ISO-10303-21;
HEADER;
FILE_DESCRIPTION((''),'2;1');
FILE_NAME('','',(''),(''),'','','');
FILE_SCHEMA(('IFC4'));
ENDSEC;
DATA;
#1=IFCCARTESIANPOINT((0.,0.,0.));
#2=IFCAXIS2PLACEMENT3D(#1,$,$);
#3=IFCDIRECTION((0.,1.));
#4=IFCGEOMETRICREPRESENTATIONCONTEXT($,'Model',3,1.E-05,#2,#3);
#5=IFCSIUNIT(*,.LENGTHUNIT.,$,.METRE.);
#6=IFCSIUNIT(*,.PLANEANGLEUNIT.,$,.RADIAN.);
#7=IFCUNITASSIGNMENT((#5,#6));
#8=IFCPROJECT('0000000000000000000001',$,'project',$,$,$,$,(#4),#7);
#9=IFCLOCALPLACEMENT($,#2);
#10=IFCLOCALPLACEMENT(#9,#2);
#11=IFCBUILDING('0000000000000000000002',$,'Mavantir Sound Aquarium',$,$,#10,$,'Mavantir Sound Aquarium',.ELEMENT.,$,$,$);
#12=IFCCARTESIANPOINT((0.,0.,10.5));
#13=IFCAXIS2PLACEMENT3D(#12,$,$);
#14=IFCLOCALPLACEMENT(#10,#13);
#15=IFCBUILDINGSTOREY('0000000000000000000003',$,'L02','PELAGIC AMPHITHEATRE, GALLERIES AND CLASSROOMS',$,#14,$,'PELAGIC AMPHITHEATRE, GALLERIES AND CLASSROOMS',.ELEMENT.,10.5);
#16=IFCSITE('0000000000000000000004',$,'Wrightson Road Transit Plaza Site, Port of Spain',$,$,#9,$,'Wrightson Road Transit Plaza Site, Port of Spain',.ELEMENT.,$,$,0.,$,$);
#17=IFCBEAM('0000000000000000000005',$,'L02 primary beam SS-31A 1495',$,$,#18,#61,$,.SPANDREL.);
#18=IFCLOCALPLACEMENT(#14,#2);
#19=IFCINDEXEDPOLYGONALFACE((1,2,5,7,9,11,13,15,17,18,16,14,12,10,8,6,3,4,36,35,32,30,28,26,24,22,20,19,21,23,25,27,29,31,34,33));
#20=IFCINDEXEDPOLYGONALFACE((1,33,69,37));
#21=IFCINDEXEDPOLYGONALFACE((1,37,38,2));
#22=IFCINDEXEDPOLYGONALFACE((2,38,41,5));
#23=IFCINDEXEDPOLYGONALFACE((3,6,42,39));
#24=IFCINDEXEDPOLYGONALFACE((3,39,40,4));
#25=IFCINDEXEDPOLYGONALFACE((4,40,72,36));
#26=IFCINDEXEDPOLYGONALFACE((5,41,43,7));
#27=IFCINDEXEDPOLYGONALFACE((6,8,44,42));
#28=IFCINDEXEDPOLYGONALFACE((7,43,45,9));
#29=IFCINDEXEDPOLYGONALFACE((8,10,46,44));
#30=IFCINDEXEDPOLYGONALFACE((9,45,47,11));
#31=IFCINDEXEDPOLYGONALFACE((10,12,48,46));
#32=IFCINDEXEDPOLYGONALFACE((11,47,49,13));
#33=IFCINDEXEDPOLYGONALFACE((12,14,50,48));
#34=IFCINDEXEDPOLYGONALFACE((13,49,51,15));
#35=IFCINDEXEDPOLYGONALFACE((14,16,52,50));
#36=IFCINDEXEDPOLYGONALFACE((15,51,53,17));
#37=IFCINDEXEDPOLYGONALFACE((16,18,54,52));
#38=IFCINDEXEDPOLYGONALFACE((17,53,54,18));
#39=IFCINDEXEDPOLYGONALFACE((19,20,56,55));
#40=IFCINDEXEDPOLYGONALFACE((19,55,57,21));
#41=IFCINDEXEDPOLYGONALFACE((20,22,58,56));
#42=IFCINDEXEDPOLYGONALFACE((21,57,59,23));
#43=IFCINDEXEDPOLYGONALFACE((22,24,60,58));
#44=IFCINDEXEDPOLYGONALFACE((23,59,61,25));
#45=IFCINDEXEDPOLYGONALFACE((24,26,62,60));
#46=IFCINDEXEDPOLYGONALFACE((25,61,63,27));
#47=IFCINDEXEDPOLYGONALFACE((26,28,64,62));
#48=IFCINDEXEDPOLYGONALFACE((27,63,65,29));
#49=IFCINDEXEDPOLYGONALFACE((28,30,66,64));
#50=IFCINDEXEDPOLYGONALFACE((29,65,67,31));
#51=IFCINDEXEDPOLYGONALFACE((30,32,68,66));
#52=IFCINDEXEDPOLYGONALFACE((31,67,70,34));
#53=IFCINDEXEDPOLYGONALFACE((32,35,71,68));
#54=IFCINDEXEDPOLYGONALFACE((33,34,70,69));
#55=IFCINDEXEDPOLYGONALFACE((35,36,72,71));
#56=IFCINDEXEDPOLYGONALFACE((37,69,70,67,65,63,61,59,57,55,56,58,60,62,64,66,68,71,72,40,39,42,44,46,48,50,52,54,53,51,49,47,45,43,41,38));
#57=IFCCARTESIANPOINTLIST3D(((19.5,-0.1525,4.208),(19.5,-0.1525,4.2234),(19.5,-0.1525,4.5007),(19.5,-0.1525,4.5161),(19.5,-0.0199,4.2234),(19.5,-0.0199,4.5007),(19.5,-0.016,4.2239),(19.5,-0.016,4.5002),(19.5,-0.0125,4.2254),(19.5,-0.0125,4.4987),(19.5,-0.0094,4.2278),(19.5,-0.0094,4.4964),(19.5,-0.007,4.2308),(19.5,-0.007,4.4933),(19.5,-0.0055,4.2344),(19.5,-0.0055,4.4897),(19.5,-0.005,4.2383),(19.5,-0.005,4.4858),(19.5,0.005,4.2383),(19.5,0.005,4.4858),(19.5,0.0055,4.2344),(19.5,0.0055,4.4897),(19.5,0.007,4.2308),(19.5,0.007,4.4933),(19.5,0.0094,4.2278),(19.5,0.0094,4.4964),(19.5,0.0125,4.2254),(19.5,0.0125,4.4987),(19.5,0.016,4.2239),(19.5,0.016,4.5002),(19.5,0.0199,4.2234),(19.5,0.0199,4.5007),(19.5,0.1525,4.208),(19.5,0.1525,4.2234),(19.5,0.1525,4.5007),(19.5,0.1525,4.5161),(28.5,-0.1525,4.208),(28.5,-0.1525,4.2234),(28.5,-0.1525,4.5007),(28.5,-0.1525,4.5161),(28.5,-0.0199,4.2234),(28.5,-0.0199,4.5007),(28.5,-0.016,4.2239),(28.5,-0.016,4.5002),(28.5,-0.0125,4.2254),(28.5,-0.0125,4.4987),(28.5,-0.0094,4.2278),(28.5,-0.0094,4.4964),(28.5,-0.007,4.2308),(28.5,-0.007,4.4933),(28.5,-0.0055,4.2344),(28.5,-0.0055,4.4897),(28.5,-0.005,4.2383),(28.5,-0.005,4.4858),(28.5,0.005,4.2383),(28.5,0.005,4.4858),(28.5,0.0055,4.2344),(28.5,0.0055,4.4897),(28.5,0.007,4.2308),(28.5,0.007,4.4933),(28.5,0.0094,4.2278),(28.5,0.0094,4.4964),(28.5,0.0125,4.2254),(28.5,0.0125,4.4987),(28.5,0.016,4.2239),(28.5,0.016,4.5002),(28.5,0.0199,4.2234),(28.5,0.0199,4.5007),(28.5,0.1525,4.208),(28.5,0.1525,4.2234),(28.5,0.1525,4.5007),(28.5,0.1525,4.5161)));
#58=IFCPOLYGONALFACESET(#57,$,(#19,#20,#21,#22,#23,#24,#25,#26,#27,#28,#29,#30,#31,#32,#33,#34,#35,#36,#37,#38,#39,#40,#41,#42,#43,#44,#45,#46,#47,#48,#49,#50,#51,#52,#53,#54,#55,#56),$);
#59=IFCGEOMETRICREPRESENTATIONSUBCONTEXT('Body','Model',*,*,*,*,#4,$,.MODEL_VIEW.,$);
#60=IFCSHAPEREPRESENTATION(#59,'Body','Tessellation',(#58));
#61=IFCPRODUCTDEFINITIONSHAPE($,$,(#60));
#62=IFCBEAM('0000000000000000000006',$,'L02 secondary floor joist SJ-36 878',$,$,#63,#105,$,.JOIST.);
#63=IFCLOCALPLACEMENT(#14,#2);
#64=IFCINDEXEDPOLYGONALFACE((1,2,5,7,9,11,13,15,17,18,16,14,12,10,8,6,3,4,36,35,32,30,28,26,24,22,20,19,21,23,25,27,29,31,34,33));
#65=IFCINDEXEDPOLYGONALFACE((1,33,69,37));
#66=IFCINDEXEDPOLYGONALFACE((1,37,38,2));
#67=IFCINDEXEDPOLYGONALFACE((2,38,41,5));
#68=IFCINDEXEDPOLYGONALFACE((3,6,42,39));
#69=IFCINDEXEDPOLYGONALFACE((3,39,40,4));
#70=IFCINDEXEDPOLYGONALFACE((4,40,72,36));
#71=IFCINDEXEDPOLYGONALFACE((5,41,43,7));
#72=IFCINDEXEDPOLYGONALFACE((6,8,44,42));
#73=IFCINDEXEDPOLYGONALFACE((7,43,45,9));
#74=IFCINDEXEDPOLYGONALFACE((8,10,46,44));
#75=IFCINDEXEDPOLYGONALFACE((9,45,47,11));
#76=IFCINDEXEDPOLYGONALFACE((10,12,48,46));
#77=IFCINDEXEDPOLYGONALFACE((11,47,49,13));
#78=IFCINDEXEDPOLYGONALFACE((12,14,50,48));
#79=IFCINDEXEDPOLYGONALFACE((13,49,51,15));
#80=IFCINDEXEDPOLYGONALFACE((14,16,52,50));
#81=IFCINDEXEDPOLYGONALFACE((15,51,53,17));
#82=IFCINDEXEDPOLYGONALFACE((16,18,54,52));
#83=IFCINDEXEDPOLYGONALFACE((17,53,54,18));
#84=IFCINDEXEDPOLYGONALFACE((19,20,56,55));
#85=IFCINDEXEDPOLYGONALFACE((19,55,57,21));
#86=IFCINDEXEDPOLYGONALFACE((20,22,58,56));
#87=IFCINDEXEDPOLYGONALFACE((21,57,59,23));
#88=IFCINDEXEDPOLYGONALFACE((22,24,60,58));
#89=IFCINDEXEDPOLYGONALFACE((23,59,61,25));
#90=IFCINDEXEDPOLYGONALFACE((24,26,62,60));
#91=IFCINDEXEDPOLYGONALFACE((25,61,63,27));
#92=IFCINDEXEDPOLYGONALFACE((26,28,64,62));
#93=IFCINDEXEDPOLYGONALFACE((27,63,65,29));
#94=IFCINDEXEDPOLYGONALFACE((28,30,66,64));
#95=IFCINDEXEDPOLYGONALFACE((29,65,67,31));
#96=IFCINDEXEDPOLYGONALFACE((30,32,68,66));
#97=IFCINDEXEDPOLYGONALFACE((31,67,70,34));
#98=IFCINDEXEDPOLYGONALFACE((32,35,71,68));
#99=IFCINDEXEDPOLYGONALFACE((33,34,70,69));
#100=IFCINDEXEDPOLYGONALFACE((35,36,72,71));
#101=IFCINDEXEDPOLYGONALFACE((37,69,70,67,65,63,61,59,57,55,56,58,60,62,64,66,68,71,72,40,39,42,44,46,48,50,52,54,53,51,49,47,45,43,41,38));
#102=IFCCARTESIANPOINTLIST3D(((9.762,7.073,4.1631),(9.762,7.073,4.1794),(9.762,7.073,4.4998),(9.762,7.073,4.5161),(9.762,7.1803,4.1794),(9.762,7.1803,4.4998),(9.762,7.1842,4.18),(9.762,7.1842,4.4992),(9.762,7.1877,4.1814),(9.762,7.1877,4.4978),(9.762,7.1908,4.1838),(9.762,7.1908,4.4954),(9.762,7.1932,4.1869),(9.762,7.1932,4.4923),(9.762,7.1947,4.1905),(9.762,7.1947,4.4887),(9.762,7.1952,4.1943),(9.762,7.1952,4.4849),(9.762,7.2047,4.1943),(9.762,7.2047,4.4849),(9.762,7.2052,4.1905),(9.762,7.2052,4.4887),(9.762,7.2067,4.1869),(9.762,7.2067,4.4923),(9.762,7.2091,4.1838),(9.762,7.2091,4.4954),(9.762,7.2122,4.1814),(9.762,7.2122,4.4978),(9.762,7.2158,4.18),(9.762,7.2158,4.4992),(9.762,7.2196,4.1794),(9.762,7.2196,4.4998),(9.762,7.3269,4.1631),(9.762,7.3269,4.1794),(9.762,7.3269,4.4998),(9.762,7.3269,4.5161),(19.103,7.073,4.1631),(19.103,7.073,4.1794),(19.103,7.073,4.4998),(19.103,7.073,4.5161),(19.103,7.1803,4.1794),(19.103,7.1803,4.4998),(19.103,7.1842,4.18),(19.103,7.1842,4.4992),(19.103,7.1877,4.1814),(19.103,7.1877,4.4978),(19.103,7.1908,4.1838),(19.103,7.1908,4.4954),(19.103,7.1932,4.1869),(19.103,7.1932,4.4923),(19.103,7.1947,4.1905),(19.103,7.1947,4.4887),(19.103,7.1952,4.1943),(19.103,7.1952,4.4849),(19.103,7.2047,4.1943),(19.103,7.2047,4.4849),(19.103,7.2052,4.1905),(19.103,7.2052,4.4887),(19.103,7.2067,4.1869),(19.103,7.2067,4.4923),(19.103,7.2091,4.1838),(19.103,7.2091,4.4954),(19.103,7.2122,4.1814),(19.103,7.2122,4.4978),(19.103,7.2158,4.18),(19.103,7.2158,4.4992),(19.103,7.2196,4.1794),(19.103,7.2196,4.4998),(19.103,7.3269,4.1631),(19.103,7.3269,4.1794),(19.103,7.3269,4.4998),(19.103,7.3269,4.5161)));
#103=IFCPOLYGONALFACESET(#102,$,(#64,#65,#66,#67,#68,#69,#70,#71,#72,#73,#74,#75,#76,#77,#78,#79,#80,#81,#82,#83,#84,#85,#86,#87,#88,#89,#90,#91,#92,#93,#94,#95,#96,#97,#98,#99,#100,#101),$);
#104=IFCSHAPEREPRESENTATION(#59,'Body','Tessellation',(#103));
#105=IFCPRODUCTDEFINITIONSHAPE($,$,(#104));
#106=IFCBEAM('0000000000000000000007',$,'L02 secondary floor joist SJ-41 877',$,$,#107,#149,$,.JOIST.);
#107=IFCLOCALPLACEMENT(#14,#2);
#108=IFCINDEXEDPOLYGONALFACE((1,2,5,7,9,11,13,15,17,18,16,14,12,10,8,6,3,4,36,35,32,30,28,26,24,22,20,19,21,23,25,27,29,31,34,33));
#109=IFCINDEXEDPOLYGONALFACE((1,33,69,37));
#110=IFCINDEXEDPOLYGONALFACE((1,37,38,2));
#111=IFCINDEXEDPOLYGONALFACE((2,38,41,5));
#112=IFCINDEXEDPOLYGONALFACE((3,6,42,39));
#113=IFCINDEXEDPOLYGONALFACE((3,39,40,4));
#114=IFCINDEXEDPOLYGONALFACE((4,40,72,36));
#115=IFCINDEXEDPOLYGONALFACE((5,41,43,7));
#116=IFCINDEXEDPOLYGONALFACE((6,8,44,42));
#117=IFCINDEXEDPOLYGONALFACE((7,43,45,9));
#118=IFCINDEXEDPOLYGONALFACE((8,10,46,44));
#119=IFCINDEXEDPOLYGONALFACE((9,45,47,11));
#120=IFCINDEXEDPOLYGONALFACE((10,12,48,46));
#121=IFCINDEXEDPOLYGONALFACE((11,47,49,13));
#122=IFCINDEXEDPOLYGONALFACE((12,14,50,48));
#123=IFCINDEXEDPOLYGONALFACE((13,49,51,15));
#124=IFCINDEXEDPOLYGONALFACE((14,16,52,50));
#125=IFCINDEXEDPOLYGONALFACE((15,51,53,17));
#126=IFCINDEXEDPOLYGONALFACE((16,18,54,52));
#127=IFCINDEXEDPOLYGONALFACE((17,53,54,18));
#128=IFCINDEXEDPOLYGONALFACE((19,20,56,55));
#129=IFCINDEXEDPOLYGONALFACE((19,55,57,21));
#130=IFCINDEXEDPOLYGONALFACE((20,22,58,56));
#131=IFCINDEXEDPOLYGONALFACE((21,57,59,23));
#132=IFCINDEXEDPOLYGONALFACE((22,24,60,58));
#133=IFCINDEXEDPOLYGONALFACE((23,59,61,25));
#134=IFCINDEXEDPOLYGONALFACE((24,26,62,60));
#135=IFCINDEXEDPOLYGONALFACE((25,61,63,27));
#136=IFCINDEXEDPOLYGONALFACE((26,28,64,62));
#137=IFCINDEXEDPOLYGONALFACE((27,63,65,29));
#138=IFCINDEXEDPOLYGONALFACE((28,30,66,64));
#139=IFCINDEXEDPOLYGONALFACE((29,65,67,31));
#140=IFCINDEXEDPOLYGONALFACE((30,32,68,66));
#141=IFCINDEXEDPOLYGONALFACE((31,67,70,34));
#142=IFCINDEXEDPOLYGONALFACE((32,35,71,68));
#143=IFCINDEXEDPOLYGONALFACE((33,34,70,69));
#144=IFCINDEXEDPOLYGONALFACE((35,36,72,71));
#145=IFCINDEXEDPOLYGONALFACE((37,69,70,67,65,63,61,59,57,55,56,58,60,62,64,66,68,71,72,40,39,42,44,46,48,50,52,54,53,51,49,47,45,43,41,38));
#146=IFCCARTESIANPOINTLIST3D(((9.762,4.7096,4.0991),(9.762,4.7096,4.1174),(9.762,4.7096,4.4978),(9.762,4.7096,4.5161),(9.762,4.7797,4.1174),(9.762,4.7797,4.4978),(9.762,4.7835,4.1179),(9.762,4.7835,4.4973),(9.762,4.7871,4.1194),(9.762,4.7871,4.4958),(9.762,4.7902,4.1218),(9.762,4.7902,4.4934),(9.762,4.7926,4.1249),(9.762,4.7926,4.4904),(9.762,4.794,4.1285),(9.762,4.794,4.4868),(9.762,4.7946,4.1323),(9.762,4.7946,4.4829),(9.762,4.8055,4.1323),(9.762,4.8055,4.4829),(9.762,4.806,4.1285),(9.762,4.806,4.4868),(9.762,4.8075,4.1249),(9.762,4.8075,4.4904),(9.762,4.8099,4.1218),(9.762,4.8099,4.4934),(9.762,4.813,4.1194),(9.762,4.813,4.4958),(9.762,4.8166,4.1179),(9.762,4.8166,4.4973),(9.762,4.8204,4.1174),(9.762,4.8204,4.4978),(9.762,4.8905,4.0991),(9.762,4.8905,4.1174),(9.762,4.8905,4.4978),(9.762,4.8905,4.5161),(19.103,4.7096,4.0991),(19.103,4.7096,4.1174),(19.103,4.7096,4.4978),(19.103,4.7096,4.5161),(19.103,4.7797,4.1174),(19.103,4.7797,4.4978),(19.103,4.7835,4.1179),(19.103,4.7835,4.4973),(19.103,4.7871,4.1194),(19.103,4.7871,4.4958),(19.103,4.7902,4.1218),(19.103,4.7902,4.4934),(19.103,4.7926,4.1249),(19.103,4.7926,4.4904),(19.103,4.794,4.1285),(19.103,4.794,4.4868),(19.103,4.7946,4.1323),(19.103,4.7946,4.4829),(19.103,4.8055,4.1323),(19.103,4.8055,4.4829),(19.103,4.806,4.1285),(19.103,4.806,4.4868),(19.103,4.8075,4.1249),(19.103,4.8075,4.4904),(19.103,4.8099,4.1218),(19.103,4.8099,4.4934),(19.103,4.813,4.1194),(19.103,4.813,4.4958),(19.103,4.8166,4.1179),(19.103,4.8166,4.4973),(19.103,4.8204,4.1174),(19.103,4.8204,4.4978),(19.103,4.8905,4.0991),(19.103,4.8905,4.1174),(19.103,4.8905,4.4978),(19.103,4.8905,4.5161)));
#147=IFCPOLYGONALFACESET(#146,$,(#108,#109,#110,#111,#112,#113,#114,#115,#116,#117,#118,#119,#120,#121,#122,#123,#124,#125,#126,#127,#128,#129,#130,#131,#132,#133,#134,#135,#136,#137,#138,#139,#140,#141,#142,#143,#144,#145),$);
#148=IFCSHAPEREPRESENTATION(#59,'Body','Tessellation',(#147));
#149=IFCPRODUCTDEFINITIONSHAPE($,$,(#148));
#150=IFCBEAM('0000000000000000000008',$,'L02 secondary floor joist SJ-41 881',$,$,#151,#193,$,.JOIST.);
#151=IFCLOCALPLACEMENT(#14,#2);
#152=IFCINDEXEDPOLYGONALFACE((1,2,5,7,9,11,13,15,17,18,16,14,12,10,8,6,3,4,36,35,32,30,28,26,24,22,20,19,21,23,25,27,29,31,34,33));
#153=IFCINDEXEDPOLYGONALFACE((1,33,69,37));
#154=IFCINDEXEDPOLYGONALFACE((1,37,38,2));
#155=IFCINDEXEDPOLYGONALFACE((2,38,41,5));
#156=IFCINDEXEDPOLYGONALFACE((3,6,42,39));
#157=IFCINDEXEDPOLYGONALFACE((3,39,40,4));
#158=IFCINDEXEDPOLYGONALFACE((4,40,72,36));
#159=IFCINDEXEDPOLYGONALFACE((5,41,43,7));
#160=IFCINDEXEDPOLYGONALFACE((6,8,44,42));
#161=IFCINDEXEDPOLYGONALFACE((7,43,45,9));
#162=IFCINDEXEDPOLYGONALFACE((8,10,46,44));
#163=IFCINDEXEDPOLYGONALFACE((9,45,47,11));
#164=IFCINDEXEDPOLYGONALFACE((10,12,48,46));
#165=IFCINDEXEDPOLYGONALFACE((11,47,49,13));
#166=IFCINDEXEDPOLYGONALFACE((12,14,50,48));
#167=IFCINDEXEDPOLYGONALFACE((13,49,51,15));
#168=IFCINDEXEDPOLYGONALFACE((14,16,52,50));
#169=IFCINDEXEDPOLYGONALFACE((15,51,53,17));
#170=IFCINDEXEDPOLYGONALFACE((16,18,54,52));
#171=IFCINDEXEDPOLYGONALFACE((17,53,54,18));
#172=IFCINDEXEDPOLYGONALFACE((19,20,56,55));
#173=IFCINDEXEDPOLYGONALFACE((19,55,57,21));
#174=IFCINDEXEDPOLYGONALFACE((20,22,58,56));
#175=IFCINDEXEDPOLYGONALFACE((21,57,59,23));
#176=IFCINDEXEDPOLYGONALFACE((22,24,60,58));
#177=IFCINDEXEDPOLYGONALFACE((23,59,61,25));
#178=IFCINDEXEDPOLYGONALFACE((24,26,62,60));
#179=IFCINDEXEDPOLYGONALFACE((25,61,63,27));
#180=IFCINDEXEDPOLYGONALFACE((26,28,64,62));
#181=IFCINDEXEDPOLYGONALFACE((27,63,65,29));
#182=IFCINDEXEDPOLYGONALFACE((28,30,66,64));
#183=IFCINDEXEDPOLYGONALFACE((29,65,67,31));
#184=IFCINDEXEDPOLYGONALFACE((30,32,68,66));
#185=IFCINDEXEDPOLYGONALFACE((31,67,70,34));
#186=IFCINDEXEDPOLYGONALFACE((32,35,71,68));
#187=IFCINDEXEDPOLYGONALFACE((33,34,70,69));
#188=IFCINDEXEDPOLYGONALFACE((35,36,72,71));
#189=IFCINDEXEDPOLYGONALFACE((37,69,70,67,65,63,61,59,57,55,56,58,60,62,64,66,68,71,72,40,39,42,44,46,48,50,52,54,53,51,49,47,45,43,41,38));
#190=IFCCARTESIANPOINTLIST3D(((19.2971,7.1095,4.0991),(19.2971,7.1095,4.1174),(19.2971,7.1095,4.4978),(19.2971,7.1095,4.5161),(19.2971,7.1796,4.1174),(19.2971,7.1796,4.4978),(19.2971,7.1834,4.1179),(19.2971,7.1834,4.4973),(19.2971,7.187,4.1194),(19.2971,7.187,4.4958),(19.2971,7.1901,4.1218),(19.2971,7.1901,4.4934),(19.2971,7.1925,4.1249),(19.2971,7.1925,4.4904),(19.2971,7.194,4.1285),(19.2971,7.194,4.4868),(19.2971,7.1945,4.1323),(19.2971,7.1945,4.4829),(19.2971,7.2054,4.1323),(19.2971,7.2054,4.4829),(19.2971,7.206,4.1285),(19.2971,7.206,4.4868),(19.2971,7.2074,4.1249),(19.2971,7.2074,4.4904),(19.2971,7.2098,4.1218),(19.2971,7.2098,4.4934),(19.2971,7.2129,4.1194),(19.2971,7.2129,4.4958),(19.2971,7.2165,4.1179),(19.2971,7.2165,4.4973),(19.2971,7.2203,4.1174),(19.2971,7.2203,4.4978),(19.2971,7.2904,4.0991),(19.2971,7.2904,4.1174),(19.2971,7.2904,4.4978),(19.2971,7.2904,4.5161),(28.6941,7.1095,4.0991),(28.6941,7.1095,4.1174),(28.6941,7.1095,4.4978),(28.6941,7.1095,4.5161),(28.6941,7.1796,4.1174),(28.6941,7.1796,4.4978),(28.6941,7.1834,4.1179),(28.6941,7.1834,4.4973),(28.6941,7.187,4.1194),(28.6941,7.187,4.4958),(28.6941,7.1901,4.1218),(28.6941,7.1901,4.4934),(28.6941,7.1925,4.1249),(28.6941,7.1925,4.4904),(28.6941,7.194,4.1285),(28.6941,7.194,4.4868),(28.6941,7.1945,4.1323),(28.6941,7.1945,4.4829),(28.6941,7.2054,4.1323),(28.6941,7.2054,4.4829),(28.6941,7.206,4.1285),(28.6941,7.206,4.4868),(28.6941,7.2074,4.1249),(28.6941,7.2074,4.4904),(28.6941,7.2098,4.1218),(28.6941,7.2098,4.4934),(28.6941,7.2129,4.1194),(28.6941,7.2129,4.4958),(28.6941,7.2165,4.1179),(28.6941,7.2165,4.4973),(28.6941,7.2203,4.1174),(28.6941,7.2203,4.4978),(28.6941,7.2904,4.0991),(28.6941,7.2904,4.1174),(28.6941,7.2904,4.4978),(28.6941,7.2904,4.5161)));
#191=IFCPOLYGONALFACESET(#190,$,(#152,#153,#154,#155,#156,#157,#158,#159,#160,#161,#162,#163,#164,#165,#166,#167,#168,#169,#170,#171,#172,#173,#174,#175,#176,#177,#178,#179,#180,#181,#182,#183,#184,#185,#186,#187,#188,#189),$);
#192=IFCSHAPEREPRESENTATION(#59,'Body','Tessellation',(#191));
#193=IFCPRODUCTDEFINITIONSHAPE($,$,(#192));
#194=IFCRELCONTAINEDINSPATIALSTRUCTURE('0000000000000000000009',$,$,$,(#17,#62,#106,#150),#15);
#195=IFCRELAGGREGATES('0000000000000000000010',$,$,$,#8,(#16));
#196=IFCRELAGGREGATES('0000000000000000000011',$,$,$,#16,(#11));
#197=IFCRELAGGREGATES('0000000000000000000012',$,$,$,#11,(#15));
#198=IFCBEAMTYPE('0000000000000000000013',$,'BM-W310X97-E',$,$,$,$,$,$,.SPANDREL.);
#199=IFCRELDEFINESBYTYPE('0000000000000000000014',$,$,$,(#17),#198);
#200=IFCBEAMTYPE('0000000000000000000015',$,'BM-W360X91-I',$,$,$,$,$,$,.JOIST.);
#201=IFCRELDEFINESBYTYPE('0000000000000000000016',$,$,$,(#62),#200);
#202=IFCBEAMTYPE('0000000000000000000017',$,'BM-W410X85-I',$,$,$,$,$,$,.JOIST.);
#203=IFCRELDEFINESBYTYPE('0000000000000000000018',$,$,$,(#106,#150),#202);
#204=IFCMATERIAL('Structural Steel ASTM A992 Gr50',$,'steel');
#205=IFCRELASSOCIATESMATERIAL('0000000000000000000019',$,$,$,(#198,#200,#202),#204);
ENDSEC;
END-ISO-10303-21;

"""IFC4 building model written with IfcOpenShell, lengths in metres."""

from ifc_helpers import new_model, si_unit, direction, frame, origin, origin_2d, place, context, subcontext, project, spatial, i_section, extrude, material, material_profile, profile_set, type_object, element, save


model = new_model("IFC4")

# Units and contexts
model_context = context("Model", 3, precision=1e-05, world=origin(), true_north=direction((0.0, 1.0)))
body_context = subcontext(model_context, "Body", "Model", "MODEL_VIEW")
ifc_project = project(units=[si_unit("LENGTHUNIT", "METRE"), si_unit("PLANEANGLEUNIT", "RADIAN")], contexts=[model_context])

# Site, building, storey
site_placement = place(None, origin())
site = spatial("IfcSite", under=ifc_project, at=site_placement, Name="Wrightson Road Transit Plaza Site, Port of Spain", LongName="Wrightson Road Transit Plaza Site, Port of Spain", CompositionType="ELEMENT", RefElevation=0.0)
building_placement = place(site_placement, origin())
building = spatial("IfcBuilding", under=site, at=building_placement, Name="Mavantir Sound Aquarium", LongName="Mavantir Sound Aquarium", CompositionType="ELEMENT")
storey_placement = place(building_placement, frame((0.0, 0.0, 10.5)))
storey = spatial("IfcBuildingStorey", under=building, at=storey_placement, Name="L02", Description="PELAGIC AMPHITHEATRE, GALLERIES AND CLASSROOMS", LongName="PELAGIC AMPHITHEATRE, GALLERIES AND CLASSROOMS", CompositionType="ELEMENT", Elevation=10.5)

# Beams
ifc_material_1 = material(Name="Structural Steel ASTM A992 Gr50", Category="steel")
ifc_material_profile_1 = material_profile(ifc_material_1, i_section(OverallWidth=0.3049, OverallDepth=0.3081, WebThickness=0.01, FlangeThickness=0.0154, FilletRadius=0.0149, at=origin_2d()), Name="W310X97")
ifc_profile_set_1 = profile_set([ifc_material_profile_1], Name="Structural Steel ASTM A992 Gr50")
beam_type_1 = type_object("IfcBeamType", Name="BM-W310X97-E", PredefinedType="SPANDREL", material=ifc_profile_set_1)
beam_1_placement = place(storey_placement, frame((19.5, 0.0, 4.3621), z_axis=(1.0, 0.0, 0.0), x_axis=(0.0, 1.0, 0.0)))
element("IfcBeam", 1, at=beam_1_placement, inside=storey, type_object=beam_type_1, Name="L02 primary beam SS-31A 1495", PredefinedType="SPANDREL", context=body_context, shape_type="SweptSolid", body=[
    extrude(i_section(OverallWidth=0.3049, OverallDepth=0.3081, WebThickness=0.01, FlangeThickness=0.0154, FilletRadius=0.0149, at=origin_2d()), origin(), (0.0, 0.0, 1.0), 9.0),
])
ifc_material_profile_2 = material_profile(ifc_material_1, i_section(OverallWidth=0.2539, OverallDepth=0.353, WebThickness=0.0095, FlangeThickness=0.0164, FilletRadius=0.0149, at=origin_2d()), Name="W360X91")
ifc_profile_set_2 = profile_set([ifc_material_profile_2], Name="Structural Steel ASTM A992 Gr50")
beam_type_2 = type_object("IfcBeamType", Name="BM-W360X91-I", PredefinedType="JOIST", material=ifc_profile_set_2)
beam_2_placement = place(storey_placement, frame((9.762, 7.2, 4.3396), z_axis=(1.0, 0.0, 0.0), x_axis=(0.0, 1.0, 0.0)))
element("IfcBeam", 2, at=beam_2_placement, inside=storey, type_object=beam_type_2, Name="L02 secondary floor joist SJ-36 878", PredefinedType="JOIST", context=body_context, shape_type="SweptSolid", body=[
    extrude(i_section(OverallWidth=0.2539, OverallDepth=0.353, WebThickness=0.0095, FlangeThickness=0.0164, FilletRadius=0.0149, at=origin_2d()), origin(), (0.0, 0.0, 1.0), 9.3411),
])
ifc_material_profile_3 = material_profile(ifc_material_1, i_section(OverallWidth=0.1809, OverallDepth=0.417, WebThickness=0.011, FlangeThickness=0.0183, FilletRadius=0.0149, at=origin_2d()), Name="W410X85")
ifc_profile_set_3 = profile_set([ifc_material_profile_3], Name="Structural Steel ASTM A992 Gr50")
beam_type_3 = type_object("IfcBeamType", Name="BM-W410X85-I", PredefinedType="JOIST", material=ifc_profile_set_3)
beam_3_placement = place(storey_placement, frame((9.762, 4.8, 4.3076), z_axis=(1.0, 0.0, 0.0), x_axis=(0.0, 1.0, 0.0)))
element("IfcBeam", 3, at=beam_3_placement, inside=storey, type_object=beam_type_3, Name="L02 secondary floor joist SJ-41 877", PredefinedType="JOIST", context=body_context, shape_type="SweptSolid", body=[
    extrude(i_section(OverallWidth=0.1809, OverallDepth=0.417, WebThickness=0.011, FlangeThickness=0.0183, FilletRadius=0.0149, at=origin_2d()), origin(), (0.0, 0.0, 1.0), 9.3411),
])
beam_4_placement = place(storey_placement, frame((19.2971, 7.2, 4.3076), z_axis=(1.0, 0.0, 0.0), x_axis=(0.0, 1.0, 0.0)))
element("IfcBeam", 4, at=beam_4_placement, inside=storey, type_object=beam_type_3, Name="L02 secondary floor joist SJ-41 881", PredefinedType="JOIST", context=body_context, shape_type="SweptSolid", body=[
    extrude(i_section(OverallWidth=0.1809, OverallDepth=0.417, WebThickness=0.011, FlangeThickness=0.0183, FilletRadius=0.0149, at=origin_2d()), origin(), (0.0, 0.0, 1.0), 9.397),
])

save(model, "model.ifc")
